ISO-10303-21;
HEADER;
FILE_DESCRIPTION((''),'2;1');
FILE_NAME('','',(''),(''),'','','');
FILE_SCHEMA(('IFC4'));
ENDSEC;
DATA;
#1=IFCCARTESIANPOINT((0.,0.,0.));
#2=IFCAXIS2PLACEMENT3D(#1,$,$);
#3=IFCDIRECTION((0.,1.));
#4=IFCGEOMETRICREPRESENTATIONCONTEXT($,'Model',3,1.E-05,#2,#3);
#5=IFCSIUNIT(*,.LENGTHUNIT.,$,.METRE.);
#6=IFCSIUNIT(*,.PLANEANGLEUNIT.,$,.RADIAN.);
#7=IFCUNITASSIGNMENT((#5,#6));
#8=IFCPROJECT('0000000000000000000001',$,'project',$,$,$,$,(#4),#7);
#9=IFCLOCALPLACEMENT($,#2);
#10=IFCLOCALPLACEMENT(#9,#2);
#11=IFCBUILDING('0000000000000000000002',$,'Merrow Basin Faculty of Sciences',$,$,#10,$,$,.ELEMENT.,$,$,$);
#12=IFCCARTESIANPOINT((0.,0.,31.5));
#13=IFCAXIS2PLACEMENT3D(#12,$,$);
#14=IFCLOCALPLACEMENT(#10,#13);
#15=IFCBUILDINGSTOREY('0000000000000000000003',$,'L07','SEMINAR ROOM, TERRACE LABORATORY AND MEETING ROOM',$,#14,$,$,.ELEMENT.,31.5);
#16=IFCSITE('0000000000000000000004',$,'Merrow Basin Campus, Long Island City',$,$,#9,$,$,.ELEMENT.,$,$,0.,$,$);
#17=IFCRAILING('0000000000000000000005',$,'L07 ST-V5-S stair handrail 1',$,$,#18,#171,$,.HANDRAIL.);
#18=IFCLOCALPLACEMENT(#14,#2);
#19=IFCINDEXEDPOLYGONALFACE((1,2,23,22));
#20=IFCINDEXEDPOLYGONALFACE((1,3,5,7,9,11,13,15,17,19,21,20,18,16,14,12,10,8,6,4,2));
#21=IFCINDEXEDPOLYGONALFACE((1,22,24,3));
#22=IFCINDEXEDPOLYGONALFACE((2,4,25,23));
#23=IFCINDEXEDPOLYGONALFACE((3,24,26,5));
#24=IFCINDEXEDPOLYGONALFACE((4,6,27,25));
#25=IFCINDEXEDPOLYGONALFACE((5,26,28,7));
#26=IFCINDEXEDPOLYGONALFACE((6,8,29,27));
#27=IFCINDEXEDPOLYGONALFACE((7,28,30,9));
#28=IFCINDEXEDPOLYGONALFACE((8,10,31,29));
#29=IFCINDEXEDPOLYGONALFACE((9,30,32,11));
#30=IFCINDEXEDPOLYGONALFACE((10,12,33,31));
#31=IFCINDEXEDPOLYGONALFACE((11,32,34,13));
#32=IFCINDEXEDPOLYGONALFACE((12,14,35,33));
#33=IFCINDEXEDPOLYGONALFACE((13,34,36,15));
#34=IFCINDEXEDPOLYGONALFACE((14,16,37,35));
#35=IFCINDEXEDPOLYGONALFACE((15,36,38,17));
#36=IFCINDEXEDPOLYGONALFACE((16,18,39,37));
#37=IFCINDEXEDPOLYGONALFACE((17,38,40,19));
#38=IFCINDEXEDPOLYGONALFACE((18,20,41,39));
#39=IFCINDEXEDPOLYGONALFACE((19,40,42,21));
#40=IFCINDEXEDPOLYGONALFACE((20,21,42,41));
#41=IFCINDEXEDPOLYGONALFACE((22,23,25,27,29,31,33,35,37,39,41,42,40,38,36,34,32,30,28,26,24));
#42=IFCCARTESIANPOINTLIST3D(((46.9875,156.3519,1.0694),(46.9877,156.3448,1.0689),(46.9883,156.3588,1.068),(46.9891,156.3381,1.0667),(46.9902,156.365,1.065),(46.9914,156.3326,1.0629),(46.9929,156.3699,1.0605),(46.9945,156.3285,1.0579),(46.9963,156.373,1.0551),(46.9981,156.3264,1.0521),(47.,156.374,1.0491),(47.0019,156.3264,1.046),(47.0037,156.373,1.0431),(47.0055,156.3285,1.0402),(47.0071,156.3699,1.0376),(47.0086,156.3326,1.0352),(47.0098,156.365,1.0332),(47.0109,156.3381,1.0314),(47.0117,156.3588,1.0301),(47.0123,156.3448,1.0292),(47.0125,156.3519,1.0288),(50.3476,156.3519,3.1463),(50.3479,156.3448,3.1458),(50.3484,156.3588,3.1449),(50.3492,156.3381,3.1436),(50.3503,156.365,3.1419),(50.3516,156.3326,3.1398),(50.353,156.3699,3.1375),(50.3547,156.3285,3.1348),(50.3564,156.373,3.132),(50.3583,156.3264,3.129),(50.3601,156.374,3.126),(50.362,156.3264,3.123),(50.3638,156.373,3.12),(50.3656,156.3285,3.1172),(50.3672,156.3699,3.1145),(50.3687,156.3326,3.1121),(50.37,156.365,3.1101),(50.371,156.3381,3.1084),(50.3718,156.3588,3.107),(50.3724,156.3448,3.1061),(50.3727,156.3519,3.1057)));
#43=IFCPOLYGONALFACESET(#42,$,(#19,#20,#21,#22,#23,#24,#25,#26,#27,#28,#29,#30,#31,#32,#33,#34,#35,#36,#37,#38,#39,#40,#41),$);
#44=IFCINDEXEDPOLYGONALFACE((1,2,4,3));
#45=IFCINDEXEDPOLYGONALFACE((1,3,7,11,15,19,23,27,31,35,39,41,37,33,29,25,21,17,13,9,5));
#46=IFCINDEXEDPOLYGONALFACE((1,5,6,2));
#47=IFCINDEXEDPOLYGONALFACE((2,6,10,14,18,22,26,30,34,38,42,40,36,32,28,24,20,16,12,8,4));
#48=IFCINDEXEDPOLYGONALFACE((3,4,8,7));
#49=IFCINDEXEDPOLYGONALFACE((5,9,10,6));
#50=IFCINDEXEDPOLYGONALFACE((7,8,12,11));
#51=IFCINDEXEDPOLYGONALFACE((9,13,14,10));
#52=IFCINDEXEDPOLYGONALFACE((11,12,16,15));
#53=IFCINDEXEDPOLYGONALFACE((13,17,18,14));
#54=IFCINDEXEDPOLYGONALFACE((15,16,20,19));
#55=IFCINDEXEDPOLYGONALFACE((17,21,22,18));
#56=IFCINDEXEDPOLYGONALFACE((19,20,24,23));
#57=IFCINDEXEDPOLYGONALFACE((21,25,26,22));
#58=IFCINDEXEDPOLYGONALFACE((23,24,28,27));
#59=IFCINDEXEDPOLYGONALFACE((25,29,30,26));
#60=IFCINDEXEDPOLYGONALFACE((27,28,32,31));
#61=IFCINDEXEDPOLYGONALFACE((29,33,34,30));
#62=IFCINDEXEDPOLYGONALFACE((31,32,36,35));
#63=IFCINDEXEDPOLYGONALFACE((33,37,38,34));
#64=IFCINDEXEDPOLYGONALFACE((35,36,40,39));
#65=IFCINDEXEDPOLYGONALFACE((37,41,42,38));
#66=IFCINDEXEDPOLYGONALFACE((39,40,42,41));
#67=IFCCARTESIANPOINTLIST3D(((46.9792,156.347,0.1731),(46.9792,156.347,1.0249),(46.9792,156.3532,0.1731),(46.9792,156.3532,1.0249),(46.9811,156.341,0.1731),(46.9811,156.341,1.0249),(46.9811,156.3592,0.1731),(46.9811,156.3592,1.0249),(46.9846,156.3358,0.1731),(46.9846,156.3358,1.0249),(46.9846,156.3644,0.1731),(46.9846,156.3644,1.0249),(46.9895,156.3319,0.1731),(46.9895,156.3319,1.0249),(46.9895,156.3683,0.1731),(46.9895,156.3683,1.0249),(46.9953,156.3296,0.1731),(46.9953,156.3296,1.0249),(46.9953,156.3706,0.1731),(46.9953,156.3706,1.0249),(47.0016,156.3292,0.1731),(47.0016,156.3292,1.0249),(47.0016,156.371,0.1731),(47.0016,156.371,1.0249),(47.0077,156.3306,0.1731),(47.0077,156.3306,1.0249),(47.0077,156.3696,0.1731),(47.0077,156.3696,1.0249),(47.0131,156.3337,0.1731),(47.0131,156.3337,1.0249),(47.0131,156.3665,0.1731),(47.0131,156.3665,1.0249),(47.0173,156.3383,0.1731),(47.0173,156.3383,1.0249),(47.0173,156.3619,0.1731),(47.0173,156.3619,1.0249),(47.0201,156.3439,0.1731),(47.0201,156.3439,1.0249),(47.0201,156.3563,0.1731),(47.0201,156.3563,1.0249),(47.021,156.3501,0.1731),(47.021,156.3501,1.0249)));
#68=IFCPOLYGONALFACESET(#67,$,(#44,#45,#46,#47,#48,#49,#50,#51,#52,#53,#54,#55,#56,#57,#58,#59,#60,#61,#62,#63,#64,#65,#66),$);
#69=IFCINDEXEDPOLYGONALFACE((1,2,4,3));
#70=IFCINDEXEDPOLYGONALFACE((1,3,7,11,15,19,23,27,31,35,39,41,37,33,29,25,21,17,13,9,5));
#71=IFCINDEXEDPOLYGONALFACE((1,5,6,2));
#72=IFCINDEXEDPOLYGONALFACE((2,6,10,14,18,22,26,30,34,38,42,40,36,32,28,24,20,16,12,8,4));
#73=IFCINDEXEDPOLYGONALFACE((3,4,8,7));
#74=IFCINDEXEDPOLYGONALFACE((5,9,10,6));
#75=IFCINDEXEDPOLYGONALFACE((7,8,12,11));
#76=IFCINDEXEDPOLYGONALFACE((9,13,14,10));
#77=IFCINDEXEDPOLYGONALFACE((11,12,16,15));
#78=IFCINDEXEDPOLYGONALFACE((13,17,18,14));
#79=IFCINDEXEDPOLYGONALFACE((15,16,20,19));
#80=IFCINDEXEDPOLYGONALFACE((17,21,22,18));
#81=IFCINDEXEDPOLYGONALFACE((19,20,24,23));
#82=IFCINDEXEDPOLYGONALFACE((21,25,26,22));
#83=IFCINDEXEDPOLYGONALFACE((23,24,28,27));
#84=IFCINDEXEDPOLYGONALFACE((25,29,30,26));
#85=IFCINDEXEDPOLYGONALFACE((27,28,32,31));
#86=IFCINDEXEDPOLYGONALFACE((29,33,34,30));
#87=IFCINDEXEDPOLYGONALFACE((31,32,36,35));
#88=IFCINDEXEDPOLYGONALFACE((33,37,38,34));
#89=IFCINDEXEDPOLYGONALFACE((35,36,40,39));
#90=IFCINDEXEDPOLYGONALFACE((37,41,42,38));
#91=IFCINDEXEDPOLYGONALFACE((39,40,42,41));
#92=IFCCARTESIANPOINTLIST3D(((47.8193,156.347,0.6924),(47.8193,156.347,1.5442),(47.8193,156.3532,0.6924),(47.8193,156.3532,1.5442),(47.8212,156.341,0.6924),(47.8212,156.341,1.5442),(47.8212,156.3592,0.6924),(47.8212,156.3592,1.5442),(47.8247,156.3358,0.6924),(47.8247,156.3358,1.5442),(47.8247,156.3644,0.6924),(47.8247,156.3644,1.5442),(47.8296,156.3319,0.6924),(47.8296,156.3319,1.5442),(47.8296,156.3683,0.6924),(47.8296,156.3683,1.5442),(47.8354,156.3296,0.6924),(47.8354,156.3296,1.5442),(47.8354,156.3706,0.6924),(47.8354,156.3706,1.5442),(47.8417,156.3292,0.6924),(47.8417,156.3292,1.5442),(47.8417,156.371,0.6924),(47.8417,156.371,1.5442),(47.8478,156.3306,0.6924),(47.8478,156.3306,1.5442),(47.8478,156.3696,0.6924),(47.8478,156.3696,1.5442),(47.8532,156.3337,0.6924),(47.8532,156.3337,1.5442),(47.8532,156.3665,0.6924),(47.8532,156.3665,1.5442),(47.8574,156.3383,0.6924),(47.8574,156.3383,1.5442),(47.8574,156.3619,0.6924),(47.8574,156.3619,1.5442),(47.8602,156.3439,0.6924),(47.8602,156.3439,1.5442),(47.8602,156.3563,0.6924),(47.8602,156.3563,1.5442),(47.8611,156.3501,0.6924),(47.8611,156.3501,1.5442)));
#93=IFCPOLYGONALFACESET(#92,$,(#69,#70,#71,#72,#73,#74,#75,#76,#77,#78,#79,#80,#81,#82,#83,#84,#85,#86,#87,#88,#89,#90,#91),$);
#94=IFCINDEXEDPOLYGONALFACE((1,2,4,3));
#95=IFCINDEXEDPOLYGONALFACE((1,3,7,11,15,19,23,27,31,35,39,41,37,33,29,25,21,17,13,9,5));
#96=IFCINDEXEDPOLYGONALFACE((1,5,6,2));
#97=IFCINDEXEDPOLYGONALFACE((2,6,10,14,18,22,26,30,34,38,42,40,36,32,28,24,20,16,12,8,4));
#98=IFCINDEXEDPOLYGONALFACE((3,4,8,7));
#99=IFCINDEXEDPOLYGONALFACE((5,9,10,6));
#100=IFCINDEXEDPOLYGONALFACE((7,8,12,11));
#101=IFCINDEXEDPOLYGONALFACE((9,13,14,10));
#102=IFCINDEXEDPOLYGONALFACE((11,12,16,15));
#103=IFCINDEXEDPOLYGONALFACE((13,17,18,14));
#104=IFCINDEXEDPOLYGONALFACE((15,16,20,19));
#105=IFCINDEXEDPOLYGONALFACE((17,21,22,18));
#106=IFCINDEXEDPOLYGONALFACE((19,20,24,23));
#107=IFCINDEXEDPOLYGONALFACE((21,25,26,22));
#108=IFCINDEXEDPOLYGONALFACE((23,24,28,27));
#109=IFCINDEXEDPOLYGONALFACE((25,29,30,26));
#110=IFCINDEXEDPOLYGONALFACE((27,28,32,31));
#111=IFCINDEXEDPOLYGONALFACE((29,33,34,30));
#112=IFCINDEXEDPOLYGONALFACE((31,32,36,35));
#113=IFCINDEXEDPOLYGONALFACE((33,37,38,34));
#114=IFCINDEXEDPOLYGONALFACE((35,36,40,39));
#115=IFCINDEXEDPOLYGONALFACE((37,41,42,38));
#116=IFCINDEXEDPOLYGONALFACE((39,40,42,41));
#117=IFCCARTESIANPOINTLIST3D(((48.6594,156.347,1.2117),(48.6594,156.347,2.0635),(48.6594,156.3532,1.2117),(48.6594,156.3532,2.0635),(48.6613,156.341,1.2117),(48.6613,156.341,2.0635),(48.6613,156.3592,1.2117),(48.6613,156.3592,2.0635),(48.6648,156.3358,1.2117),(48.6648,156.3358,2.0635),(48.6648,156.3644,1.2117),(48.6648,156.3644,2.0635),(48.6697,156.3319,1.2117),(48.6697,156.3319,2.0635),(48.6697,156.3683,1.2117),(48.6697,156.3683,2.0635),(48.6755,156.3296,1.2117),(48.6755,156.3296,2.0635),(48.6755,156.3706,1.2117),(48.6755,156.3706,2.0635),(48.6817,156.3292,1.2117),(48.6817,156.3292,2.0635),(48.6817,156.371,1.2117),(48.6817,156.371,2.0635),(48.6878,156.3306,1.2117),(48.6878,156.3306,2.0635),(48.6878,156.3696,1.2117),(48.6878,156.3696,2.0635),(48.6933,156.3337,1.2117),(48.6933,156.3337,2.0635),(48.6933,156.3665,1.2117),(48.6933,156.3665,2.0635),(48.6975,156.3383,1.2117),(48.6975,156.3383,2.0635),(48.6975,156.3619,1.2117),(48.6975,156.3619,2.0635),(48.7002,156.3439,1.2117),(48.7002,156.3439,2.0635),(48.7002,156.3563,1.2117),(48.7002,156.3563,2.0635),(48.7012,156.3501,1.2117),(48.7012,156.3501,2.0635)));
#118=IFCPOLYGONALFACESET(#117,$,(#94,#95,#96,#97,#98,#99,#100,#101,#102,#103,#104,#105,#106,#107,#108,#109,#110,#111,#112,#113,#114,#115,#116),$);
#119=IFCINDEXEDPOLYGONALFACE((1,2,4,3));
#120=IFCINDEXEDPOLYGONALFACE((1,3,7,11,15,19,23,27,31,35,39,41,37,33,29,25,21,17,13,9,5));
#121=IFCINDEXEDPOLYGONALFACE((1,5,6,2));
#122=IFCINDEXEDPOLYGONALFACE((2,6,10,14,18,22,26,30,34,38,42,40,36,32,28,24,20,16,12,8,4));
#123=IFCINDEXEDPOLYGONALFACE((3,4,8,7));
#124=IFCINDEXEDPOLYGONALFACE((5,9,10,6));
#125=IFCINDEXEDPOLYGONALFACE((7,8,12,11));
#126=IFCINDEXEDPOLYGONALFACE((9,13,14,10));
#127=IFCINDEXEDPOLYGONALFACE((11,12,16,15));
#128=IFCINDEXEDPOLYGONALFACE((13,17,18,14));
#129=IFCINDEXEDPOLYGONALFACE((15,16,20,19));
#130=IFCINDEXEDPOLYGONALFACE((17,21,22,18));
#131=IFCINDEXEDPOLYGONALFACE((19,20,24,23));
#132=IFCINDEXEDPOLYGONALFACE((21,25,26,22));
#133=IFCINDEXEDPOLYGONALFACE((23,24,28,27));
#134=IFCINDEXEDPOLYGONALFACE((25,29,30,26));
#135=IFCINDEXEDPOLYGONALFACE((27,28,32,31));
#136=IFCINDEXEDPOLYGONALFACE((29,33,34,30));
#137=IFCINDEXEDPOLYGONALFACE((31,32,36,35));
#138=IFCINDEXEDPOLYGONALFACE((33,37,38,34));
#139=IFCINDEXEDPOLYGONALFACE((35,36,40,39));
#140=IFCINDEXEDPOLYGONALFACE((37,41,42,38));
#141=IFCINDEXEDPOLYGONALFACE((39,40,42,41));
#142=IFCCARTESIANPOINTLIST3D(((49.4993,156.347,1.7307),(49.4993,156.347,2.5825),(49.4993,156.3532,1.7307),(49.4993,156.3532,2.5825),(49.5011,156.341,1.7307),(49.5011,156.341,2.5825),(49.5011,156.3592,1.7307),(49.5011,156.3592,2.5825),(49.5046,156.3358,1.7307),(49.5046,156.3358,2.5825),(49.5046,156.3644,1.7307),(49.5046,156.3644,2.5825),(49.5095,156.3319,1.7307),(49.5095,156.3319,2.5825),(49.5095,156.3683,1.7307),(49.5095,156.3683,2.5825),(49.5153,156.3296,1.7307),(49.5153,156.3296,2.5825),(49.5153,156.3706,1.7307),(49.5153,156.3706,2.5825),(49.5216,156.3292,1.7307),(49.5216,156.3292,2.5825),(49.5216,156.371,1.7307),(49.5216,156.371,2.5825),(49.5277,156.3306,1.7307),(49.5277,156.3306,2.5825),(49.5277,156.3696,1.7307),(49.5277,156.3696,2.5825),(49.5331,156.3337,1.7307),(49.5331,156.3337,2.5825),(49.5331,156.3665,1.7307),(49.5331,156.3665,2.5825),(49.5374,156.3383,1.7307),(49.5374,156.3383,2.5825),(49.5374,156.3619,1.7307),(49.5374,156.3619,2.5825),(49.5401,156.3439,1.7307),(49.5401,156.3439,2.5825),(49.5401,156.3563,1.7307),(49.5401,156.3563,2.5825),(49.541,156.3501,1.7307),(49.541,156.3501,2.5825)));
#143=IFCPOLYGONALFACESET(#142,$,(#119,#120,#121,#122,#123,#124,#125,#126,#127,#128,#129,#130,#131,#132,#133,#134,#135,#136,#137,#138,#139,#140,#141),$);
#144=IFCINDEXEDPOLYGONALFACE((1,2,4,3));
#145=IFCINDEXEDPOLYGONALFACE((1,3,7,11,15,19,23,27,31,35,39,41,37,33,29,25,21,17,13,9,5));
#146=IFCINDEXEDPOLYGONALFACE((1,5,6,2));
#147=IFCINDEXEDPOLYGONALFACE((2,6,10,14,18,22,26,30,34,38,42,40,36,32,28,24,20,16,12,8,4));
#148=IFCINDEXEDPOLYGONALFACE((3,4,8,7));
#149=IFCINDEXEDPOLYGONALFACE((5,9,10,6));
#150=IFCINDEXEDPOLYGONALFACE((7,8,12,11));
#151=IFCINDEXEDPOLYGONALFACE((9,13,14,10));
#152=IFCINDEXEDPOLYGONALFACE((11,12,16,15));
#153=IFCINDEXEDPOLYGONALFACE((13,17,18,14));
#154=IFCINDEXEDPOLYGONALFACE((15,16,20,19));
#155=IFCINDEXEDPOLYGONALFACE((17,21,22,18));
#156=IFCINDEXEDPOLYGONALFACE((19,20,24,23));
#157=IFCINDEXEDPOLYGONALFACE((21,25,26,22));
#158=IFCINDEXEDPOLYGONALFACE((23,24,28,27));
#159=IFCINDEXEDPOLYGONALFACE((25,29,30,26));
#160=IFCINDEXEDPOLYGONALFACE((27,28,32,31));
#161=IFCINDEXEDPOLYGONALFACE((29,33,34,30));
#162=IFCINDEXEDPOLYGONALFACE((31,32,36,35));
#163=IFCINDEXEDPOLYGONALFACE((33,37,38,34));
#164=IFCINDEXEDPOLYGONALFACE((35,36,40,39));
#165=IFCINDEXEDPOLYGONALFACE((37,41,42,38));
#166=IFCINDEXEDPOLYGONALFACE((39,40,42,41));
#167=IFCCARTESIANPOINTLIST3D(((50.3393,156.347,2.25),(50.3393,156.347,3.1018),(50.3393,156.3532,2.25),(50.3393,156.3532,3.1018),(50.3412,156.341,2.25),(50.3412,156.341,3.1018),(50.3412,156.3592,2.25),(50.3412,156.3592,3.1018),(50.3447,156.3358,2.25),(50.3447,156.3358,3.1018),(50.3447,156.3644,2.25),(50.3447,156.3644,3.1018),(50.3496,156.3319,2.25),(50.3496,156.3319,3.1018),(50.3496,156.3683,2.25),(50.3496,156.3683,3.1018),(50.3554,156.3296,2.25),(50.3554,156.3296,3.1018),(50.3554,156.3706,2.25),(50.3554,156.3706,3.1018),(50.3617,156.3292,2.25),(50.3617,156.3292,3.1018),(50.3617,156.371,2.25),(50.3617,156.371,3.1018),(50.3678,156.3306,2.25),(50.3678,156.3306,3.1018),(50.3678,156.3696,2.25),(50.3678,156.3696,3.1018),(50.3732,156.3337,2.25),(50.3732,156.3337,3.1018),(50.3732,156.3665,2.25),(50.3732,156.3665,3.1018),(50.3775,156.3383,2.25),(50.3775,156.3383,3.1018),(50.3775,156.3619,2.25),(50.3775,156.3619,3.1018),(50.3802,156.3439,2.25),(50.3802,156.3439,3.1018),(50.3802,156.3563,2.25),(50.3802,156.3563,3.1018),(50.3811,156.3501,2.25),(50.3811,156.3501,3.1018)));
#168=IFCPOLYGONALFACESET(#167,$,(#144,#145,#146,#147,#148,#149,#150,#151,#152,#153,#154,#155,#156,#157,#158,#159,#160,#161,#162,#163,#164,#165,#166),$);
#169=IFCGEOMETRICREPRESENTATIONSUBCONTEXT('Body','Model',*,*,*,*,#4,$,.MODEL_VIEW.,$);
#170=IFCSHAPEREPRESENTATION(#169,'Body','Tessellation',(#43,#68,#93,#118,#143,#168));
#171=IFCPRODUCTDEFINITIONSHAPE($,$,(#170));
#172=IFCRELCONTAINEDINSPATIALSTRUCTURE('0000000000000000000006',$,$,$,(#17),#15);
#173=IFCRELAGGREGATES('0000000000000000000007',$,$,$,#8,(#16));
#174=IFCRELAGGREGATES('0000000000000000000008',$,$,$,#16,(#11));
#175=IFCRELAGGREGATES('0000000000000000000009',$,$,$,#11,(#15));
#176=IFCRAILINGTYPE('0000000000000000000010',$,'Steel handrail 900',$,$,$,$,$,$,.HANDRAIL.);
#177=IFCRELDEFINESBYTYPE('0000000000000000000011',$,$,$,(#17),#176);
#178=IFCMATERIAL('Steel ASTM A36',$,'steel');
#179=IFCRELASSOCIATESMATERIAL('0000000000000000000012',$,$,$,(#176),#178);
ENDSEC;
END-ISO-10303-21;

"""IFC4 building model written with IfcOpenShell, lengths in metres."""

from ifc_helpers import new_model, si_unit, direction, frame, origin, origin_2d, place, context, subcontext, project, spatial, circle, extrude, material, type_object, element, save


model = new_model("IFC4")

# Units and contexts
model_context = context("Model", 3, precision=1e-05, world=origin(), true_north=direction((0.0, 1.0)))
body_context = subcontext(model_context, "Body", "Model", "MODEL_VIEW")
ifc_project = project(units=[si_unit("LENGTHUNIT", "METRE"), si_unit("PLANEANGLEUNIT", "RADIAN")], contexts=[model_context])

# Site, building, storey
site_placement = place(None, origin())
site = spatial("IfcSite", under=ifc_project, at=site_placement, Name="Merrow Basin Campus, Long Island City", CompositionType="ELEMENT", RefElevation=0.0)
building_placement = place(site_placement, origin())
building = spatial("IfcBuilding", under=site, at=building_placement, Name="Merrow Basin Faculty of Sciences", CompositionType="ELEMENT")
storey_placement = place(building_placement, frame((0.0, 0.0, 31.5)))
storey = spatial("IfcBuildingStorey", under=building, at=storey_placement, Name="L07", Description="SEMINAR ROOM, TERRACE LABORATORY AND MEETING ROOM", CompositionType="ELEMENT", Elevation=31.5)

# Railing
ifc_material_1 = material(Name="Steel ASTM A36", Category="steel")
railing_type_1 = type_object("IfcRailingType", Name="Steel handrail 900", PredefinedType="HANDRAIL", material=ifc_material_1)
railing_1_placement = place(storey_placement, frame((47.0, 156.3501, 0.1731)))
element("IfcRailing", 1, at=railing_1_placement, inside=storey, type_object=railing_type_1, Name="L07 ST-V5-S stair handrail 1", PredefinedType="HANDRAIL", context=body_context, shape_type="SweptSolid", body=[
    extrude(circle(Radius=0.0239, at=origin_2d()), frame((0.0, 0.0, 0.876), z_axis=(0.850623, 0.0, 0.525776), x_axis=(0.0, 1.0, 0.0)), (0.0, 0.0, 1.0), 3.9502),
    extrude(circle(Radius=0.021, at=origin_2d()), origin(), (0.0, 0.0, 1.0), 0.8518),
    extrude(circle(Radius=0.021, at=origin_2d()), frame((0.8401, 0.0, 0.5193)), (0.0, 0.0, 1.0), 0.8518),
    extrude(circle(Radius=0.021, at=origin_2d()), frame((1.6802, 0.0, 1.0386)), (0.0, 0.0, 1.0), 0.8518),
    extrude(circle(Radius=0.021, at=origin_2d()), frame((2.52, 0.0, 1.5576)), (0.0, 0.0, 1.0), 0.8518),
    extrude(circle(Radius=0.021, at=origin_2d()), frame((3.3601, 0.0, 2.0769)), (0.0, 0.0, 1.0), 0.8518),
])

save(model, "model.ifc")
